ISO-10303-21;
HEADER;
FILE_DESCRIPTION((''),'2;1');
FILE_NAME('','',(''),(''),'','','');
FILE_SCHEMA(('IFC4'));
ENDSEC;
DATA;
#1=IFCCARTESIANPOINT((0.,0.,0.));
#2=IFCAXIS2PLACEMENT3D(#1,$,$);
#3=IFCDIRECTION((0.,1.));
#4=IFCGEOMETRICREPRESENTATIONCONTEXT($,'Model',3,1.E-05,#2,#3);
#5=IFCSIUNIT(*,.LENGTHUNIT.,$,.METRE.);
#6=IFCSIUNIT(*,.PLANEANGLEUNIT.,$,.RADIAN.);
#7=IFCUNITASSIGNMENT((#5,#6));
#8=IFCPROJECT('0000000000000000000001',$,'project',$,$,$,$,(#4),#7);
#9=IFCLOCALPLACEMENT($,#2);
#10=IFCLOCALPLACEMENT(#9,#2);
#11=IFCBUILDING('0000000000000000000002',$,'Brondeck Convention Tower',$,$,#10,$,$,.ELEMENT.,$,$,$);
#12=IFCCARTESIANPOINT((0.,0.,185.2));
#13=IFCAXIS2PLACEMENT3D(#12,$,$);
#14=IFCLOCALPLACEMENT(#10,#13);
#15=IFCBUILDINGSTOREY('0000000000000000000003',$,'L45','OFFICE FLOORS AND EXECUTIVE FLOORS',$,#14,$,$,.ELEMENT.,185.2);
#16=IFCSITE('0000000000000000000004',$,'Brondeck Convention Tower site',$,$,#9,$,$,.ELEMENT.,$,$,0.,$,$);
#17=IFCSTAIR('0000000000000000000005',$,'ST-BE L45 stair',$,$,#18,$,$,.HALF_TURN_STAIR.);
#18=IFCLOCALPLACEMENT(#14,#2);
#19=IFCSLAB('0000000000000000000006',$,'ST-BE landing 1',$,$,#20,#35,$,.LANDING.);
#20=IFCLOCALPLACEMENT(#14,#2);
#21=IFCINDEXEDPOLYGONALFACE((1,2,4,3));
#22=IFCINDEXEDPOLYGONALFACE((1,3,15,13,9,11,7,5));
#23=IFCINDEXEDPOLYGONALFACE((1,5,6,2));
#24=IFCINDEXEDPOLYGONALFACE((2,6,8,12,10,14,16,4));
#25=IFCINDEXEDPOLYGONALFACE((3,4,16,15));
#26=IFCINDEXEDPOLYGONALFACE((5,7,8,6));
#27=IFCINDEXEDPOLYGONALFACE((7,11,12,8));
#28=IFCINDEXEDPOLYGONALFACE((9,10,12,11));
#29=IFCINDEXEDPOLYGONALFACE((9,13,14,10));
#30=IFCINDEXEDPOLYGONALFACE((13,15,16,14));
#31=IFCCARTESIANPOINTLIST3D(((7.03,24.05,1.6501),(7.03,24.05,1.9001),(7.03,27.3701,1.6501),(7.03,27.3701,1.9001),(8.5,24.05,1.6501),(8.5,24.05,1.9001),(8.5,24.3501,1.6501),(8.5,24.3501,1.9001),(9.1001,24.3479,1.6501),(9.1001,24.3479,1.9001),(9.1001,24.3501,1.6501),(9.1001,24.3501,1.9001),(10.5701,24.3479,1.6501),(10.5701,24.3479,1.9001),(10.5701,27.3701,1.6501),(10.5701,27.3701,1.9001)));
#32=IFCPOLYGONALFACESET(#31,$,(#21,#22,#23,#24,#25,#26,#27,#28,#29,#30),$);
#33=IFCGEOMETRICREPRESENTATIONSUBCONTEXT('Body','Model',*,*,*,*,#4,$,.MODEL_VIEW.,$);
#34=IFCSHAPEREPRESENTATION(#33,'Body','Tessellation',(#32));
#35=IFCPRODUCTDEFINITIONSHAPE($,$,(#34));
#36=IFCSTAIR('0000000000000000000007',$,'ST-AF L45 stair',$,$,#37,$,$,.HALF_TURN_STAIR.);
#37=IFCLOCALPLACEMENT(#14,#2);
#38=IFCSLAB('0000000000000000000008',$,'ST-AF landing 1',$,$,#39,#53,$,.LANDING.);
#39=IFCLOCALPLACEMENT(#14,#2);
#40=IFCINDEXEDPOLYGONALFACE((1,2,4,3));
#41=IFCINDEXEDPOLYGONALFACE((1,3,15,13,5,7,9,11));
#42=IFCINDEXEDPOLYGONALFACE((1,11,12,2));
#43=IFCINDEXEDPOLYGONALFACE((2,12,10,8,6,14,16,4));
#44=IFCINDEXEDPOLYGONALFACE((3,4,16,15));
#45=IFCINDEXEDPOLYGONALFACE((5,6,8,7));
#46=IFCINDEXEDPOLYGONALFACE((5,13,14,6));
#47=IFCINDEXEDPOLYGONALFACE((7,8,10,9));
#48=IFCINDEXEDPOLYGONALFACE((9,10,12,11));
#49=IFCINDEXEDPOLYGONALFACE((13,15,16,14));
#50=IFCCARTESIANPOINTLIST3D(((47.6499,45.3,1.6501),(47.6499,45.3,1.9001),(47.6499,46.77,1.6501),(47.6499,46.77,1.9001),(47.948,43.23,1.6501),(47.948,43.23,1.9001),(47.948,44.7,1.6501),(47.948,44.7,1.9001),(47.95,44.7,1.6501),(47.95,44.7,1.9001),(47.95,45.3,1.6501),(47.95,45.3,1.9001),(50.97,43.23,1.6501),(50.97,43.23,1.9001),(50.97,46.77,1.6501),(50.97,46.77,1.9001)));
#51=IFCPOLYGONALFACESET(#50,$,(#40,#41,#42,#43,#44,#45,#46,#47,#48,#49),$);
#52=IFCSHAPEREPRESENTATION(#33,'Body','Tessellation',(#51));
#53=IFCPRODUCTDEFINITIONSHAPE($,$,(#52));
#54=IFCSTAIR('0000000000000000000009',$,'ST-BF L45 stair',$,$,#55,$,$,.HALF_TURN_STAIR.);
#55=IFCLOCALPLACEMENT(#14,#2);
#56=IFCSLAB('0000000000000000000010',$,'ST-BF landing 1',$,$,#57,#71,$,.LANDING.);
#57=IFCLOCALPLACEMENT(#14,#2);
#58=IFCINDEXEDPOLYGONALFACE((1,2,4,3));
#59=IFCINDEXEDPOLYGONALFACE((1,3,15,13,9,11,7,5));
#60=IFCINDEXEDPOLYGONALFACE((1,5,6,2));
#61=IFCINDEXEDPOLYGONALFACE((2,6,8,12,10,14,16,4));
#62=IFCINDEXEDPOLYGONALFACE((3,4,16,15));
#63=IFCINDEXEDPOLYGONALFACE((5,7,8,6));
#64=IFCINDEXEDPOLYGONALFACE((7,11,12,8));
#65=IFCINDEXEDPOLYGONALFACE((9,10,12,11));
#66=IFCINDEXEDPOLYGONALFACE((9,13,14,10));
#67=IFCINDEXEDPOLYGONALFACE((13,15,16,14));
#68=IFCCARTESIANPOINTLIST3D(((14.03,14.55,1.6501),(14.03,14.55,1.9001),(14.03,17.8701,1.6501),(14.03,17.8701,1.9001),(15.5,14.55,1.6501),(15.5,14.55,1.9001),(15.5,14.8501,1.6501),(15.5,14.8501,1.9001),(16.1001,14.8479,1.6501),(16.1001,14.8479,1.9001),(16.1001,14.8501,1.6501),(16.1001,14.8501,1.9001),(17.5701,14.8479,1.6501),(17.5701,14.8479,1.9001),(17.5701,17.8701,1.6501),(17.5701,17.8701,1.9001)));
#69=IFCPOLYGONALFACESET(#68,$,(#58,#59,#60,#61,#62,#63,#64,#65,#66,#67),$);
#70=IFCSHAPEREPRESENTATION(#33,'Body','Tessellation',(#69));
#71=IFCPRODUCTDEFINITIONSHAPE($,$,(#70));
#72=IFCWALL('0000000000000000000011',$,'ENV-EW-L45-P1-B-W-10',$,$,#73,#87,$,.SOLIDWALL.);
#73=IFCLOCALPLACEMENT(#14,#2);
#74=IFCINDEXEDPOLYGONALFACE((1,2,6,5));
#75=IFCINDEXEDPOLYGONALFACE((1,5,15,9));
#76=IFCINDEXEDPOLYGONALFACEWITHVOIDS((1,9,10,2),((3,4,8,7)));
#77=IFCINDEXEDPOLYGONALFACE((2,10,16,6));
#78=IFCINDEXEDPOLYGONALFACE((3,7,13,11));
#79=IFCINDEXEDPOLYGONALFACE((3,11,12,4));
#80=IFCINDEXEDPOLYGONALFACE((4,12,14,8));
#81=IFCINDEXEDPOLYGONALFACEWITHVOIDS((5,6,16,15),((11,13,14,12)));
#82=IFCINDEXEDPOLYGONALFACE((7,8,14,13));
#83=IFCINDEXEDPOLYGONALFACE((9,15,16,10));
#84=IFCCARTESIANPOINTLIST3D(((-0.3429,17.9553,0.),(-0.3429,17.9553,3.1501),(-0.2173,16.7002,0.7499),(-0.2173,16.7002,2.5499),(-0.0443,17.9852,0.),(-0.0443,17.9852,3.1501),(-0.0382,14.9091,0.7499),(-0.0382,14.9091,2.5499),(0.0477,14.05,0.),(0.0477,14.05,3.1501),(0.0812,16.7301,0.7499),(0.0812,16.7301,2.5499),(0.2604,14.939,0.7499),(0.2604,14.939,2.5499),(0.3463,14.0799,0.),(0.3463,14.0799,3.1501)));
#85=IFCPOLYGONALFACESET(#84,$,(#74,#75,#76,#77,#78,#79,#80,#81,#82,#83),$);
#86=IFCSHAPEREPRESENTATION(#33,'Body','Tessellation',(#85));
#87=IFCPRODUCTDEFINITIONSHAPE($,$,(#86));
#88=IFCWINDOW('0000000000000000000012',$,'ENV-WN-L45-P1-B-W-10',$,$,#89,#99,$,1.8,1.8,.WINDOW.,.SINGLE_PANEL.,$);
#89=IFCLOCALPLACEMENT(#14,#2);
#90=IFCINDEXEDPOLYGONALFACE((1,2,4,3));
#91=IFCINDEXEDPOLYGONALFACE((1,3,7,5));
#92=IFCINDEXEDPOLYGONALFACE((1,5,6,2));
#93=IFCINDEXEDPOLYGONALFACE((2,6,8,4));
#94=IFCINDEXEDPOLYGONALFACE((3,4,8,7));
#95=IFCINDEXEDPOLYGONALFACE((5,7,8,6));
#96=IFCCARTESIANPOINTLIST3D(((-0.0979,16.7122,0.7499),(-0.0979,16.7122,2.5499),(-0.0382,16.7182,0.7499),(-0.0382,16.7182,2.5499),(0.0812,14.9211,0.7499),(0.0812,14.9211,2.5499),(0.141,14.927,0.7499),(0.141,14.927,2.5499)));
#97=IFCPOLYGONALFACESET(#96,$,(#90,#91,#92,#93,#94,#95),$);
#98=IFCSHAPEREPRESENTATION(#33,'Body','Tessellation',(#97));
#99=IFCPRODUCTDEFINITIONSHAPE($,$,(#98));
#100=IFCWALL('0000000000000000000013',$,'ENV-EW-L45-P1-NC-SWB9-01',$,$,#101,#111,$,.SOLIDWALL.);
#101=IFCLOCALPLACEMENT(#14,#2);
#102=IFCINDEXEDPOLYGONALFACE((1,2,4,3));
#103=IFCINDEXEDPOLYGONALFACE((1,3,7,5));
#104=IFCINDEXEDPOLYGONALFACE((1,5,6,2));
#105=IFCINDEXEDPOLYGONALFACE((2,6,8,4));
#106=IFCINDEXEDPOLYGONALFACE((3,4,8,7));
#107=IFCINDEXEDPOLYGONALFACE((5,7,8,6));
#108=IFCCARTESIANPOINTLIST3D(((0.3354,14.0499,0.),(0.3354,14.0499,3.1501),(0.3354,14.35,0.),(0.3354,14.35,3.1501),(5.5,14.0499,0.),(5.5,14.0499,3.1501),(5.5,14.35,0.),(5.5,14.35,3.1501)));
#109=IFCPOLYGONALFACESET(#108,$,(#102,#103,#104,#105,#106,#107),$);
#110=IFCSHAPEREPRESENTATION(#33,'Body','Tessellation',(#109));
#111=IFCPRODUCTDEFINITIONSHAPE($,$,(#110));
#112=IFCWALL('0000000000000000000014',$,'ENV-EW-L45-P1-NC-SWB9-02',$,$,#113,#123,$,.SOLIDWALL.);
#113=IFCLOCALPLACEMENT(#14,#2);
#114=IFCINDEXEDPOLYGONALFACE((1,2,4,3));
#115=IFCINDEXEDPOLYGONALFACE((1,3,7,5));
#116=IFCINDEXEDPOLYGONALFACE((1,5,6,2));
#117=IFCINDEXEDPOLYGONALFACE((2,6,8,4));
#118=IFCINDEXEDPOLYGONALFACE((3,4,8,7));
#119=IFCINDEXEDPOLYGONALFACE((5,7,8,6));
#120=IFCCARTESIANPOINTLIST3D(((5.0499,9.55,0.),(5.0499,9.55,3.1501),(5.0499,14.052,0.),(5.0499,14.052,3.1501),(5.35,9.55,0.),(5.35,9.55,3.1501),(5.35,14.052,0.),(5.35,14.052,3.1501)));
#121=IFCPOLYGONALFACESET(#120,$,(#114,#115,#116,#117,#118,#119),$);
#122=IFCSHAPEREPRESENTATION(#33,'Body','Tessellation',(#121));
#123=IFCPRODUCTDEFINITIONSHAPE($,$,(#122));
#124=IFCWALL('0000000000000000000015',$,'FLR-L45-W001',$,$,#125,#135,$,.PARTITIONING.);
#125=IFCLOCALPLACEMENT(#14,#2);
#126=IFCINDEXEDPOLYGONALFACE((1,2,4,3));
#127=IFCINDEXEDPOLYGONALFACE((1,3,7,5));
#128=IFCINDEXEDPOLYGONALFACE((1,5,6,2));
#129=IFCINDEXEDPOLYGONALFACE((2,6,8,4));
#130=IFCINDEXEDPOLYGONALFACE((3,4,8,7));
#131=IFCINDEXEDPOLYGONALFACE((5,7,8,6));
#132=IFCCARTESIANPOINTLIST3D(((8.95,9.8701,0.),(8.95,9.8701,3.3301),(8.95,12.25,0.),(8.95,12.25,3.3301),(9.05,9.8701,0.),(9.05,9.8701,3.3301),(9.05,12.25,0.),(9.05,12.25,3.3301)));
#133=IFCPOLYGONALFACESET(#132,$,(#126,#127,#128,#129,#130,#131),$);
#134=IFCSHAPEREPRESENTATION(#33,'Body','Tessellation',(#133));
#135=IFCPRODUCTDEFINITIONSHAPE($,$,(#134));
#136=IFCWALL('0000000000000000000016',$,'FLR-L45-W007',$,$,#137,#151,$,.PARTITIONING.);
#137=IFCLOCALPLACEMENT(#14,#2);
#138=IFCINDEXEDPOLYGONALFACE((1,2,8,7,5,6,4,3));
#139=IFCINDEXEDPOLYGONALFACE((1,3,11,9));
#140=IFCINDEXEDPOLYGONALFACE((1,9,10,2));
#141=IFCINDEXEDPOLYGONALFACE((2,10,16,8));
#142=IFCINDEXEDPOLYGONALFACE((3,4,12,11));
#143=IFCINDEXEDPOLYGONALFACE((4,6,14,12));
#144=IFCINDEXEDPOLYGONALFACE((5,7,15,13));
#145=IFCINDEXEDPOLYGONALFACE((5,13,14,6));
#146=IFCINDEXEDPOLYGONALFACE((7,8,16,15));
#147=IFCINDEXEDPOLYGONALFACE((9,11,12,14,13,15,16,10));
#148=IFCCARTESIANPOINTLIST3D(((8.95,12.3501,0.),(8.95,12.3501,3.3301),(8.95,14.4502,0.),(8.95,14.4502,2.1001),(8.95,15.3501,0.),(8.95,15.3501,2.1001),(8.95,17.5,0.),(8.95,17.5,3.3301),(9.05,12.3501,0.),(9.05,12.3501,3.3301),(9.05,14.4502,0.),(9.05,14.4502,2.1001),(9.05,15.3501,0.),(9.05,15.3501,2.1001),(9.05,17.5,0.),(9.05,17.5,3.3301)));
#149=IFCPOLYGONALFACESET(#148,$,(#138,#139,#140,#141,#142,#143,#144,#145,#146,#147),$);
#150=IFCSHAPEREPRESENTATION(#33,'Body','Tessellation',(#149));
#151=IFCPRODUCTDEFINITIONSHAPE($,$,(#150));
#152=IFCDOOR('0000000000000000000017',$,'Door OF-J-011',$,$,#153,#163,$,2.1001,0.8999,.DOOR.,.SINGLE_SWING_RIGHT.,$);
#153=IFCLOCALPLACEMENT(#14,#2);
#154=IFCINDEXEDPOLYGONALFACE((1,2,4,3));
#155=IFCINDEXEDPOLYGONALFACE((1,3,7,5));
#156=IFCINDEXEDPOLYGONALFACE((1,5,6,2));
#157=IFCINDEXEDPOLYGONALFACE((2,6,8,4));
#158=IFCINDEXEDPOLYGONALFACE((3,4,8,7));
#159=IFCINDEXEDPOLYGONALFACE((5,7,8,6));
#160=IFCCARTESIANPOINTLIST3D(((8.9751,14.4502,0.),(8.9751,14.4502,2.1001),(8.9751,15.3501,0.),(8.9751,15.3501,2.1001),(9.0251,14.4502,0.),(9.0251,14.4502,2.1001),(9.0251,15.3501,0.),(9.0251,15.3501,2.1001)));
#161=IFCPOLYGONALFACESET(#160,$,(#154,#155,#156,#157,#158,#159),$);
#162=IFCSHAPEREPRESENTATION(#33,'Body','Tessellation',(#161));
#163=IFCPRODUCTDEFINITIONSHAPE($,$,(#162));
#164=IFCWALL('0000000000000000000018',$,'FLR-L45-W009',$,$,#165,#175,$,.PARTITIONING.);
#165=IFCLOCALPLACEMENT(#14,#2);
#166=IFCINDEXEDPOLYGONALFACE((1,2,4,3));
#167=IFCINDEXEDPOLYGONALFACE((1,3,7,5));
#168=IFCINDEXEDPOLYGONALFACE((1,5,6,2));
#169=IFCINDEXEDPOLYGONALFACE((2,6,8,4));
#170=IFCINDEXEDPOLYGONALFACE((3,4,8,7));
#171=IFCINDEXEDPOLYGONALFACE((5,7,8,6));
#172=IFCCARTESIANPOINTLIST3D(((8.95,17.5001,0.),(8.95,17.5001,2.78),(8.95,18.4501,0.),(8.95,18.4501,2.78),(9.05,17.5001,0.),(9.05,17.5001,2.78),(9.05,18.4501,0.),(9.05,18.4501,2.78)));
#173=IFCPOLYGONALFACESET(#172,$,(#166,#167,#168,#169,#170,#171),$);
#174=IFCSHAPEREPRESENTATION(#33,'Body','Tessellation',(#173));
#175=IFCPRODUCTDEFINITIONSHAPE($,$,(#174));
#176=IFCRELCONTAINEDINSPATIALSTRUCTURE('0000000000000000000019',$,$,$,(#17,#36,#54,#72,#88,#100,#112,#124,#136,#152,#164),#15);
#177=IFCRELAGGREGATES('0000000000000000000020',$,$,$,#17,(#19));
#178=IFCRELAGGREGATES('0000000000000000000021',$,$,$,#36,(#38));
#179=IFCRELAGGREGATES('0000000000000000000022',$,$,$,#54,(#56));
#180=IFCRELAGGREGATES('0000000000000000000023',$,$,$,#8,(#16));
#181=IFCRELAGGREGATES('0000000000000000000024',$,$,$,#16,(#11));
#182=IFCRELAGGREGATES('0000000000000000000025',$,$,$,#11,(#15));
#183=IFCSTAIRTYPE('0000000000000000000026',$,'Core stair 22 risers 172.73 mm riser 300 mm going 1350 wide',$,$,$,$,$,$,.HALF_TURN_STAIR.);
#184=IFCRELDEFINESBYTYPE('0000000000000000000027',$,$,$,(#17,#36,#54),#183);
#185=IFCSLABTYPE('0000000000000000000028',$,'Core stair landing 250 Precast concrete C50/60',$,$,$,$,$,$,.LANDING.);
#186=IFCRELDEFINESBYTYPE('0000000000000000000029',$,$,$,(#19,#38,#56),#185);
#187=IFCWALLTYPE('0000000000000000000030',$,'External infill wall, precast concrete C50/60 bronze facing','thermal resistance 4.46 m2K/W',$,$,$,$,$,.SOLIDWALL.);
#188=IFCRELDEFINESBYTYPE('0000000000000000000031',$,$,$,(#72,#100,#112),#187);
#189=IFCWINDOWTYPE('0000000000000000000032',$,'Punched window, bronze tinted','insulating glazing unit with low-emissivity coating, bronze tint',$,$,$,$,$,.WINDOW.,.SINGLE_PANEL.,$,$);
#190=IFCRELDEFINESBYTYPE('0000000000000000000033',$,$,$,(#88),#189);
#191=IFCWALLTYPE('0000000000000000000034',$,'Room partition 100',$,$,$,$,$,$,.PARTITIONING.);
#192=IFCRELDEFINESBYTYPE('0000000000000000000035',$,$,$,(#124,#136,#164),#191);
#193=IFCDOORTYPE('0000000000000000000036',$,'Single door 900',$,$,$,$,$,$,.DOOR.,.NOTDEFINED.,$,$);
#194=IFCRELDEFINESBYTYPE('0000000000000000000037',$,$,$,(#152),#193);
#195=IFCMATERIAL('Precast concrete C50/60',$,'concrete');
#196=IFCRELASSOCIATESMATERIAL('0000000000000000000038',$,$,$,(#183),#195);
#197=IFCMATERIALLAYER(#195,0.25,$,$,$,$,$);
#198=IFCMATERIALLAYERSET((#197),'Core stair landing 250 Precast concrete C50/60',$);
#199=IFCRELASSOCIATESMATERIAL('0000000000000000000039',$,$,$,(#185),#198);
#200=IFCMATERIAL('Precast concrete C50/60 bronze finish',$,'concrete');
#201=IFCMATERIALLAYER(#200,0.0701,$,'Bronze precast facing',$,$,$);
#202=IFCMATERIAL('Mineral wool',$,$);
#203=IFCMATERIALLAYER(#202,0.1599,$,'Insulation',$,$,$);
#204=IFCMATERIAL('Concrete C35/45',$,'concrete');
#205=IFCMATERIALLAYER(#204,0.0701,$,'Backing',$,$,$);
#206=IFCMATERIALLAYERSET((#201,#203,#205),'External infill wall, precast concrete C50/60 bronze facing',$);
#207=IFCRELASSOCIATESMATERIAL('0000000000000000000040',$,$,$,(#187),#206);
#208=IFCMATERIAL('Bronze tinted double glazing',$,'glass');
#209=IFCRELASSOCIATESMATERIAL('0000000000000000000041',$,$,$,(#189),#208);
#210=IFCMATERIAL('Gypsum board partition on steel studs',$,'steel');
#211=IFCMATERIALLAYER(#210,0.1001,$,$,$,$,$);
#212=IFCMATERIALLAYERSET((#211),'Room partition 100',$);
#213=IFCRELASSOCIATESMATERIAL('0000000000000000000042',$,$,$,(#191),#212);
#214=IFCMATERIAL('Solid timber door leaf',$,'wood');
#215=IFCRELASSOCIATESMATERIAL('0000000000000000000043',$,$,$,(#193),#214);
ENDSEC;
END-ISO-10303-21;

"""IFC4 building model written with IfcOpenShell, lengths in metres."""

from ifc_helpers import new_model, si_unit, direction, frame, frame_2d, origin, place, context, subcontext, project, spatial, polyline, rectangle, outline, extrude, material, layer, layer_set, type_object, element, fill, aggregate, save


model = new_model("IFC4")

# Units and contexts
model_context = context("Model", 3, precision=1e-05, world=origin(), true_north=direction((0.0, 1.0)))
body_context = subcontext(model_context, "Body", "Model", "MODEL_VIEW")
ifc_project = project(units=[si_unit("LENGTHUNIT", "METRE"), si_unit("PLANEANGLEUNIT", "RADIAN")], contexts=[model_context])

# Site, building, storey
site_placement = place(None, origin())
site = spatial("IfcSite", under=ifc_project, at=site_placement, Name="Brondeck Convention Tower site", CompositionType="ELEMENT", RefElevation=0.0)
building_placement = place(site_placement, origin())
building = spatial("IfcBuilding", under=site, at=building_placement, Name="Brondeck Convention Tower", CompositionType="ELEMENT")
storey_placement = place(building_placement, frame((0.0, 0.0, 185.2)))
storey = spatial("IfcBuildingStorey", under=building, at=storey_placement, Name="L45", Description="OFFICE FLOORS AND EXECUTIVE FLOORS", CompositionType="ELEMENT", Elevation=185.2)

# Shared definitions
ifc_material_1 = material(Name="Concrete C35/45", Category="concrete")

# Stairs, slabs
ifc_material_2 = material(Name="Precast concrete C50/60", Category="concrete")
stair_type = type_object("IfcStairType", Name="Core stair 22 risers 172.73 mm riser 300 mm going 1350 wide", PredefinedType="HALF_TURN_STAIR", material=ifc_material_2)
ifc_layer_1 = layer(ifc_material_2, 0.25)
ifc_layer_set_1 = layer_set([ifc_layer_1], Name="Core stair landing 250 Precast concrete C50/60")
slab_type_1 = type_object("IfcSlabType", Name="Core stair landing 250 Precast concrete C50/60", PredefinedType="LANDING", material=ifc_layer_set_1)
stair_1_placement = place(storey_placement, origin())
stair_1 = element("IfcStair", 1, at=stair_1_placement, inside=storey, type_object=stair_type, Name="ST-BE L45 stair", PredefinedType="HALF_TURN_STAIR")
slab_1_placement = place(storey_placement, frame((0.0, 0.0, 1.6501)))
slab_1 = element("IfcSlab", 2, at=slab_1_placement, type_object=slab_type_1, Name="ST-BE landing 1", PredefinedType="LANDING", context=body_context, shape_type="SweptSolid", body=[
    extrude(outline(polyline([(7.03, 24.05), (7.03, 27.3701), (10.5701, 27.3701), (10.5701, 24.3479), (9.1001, 24.3479), (9.1001, 24.3501), (8.5, 24.3501), (8.5, 24.05), (7.03, 24.05)])), origin(), (0.0, 0.0, 1.0), 0.25),
])
aggregate(stair_1, [slab_1])
stair_2_placement = place(storey_placement, origin())
stair_2 = element("IfcStair", 3, at=stair_2_placement, inside=storey, type_object=stair_type, Name="ST-AF L45 stair", PredefinedType="HALF_TURN_STAIR")
slab_2_placement = place(storey_placement, frame((0.0, 0.0, 1.6501)))
slab_2 = element("IfcSlab", 4, at=slab_2_placement, type_object=slab_type_1, Name="ST-AF landing 1", PredefinedType="LANDING", context=body_context, shape_type="SweptSolid", body=[
    extrude(outline(polyline([(47.948, 44.7), (47.95, 44.7), (47.95, 45.3), (47.6499, 45.3), (47.6499, 46.77), (50.97, 46.77), (50.97, 43.23), (47.948, 43.23), (47.948, 44.7)])), origin(), (0.0, 0.0, 1.0), 0.25),
])
aggregate(stair_2, [slab_2])
stair_3_placement = place(storey_placement, origin())
stair_3 = element("IfcStair", 5, at=stair_3_placement, inside=storey, type_object=stair_type, Name="ST-BF L45 stair", PredefinedType="HALF_TURN_STAIR")
slab_3_placement = place(storey_placement, frame((0.0, 0.0, 1.6501)))
slab_3 = element("IfcSlab", 6, at=slab_3_placement, type_object=slab_type_1, Name="ST-BF landing 1", PredefinedType="LANDING", context=body_context, shape_type="SweptSolid", body=[
    extrude(outline(polyline([(14.03, 14.55), (14.03, 17.8701), (17.5701, 17.8701), (17.5701, 14.8479), (16.1001, 14.8479), (16.1001, 14.8501), (15.5, 14.8501), (15.5, 14.55), (14.03, 14.55)])), origin(), (0.0, 0.0, 1.0), 0.25),
])
aggregate(stair_3, [slab_3])

# Wall, opening, window
ifc_material_3 = material(Name="Precast concrete C50/60 bronze finish", Category="concrete")
ifc_layer_2 = layer(ifc_material_3, 0.0701, Name="Bronze precast facing")
ifc_material_4 = material(Name="Mineral wool")
ifc_layer_3 = layer(ifc_material_4, 0.1599, Name="Insulation")
ifc_layer_4 = layer(ifc_material_1, 0.0701, Name="Backing")
ifc_layer_set_2 = layer_set([ifc_layer_2, ifc_layer_3, ifc_layer_4], Name="External infill wall, precast concrete C50/60 bronze facing")
wall_type_1 = type_object("IfcWallType", Name="External infill wall, precast concrete C50/60 bronze facing", Description="thermal resistance 4.46 m2K/W", PredefinedType="SOLIDWALL", material=ifc_layer_set_2)
wall_1_placement = place(storey_placement, frame((0.197, 14.0649, 0.0), z_axis=(0.0, 0.0, 1.0), x_axis=(-0.099528, 0.995035, 0.0)))
wall_1 = element("IfcWall", 7, at=wall_1_placement, inside=storey, type_object=wall_type_1, Name="ENV-EW-L45-P1-B-W-10", PredefinedType="SOLIDWALL", context=body_context, shape_type="SweptSolid", body=[
    extrude(rectangle(XDim=3.9248, YDim=0.3, at=frame_2d((1.9624, 0.0))), origin(), (0.0, 0.0, 1.0), 3.1501),
])
opening_1_placement = place(wall_1_placement, frame((0.8635, 0.0, 0.75)))
opening_1 = element("IfcOpeningElement", 8, at=opening_1_placement, cuts=wall_1, PredefinedType="OPENING", context=body_context, shape_type="SweptSolid", body=[
    extrude(rectangle(XDim=1.8, YDim=1.8, at=frame_2d((0.8999, 0.8999))), frame((0.0, 0.1599, 0.0), z_axis=(0.0, -1.0, 0.0), x_axis=(1.0, 0.0, 0.0)), (0.0, 0.0, 1.0), 0.3201),
])
ifc_material_5 = material(Name="Bronze tinted double glazing", Category="glass")
window_type = type_object("IfcWindowType", Name="Punched window, bronze tinted", Description="insulating glazing unit with low-emissivity coating, bronze tint", PartitioningType="SINGLE_PANEL", PredefinedType="WINDOW", material=ifc_material_5)
window_placement = place(opening_1_placement, origin())
window = element("IfcWindow", 9, at=window_placement, inside=storey, type_object=window_type, Name="ENV-WN-L45-P1-B-W-10", OverallHeight=1.8, OverallWidth=1.8, PartitioningType="SINGLE_PANEL", PredefinedType="WINDOW", context=body_context, shape_type="SweptSolid", body=[
    extrude(rectangle(XDim=1.8, YDim=1.8, at=frame_2d((0.8999, 0.8999))), frame((0.0, 0.03, 0.0), z_axis=(0.0, -1.0, 0.0), x_axis=(1.0, 0.0, 0.0)), (0.0, 0.0, 1.0), 0.0601),
])
fill(opening_1, window)

# Walls
wall_2_placement = place(storey_placement, frame((5.5, 14.2, 0.0), z_axis=(0.0, 0.0, 1.0), x_axis=(-1.0, 0.0, 0.0)))
element("IfcWall", 10, at=wall_2_placement, inside=storey, type_object=wall_type_1, Name="ENV-EW-L45-P1-NC-SWB9-01", PredefinedType="SOLIDWALL", context=body_context, shape_type="SweptSolid", body=[
    extrude(rectangle(XDim=5.1646, YDim=0.3, at=frame_2d((2.5823, 0.0))), origin(), (0.0, 0.0, 1.0), 3.1501),
])
wall_3_placement = place(storey_placement, frame((5.2, 9.55, 0.0), z_axis=(0.0, 0.0, 1.0), x_axis=(0.0, 1.0, 0.0)))
element("IfcWall", 11, at=wall_3_placement, inside=storey, type_object=wall_type_1, Name="ENV-EW-L45-P1-NC-SWB9-02", PredefinedType="SOLIDWALL", context=body_context, shape_type="SweptSolid", body=[
    extrude(rectangle(XDim=4.502, YDim=0.3, at=frame_2d((2.251, 0.0))), origin(), (0.0, 0.0, 1.0), 3.1501),
])
ifc_material_6 = material(Name="Gypsum board partition on steel studs", Category="steel")
ifc_layer_5 = layer(ifc_material_6, 0.1001)
ifc_layer_set_3 = layer_set([ifc_layer_5], Name="Room partition 100")
wall_type_2 = type_object("IfcWallType", Name="Room partition 100", PredefinedType="PARTITIONING", material=ifc_layer_set_3)
wall_4_placement = place(storey_placement, frame((9.0, 9.8701, 0.0), z_axis=(0.0, 0.0, 1.0), x_axis=(0.0, 1.0, 0.0)))
element("IfcWall", 12, at=wall_4_placement, inside=storey, type_object=wall_type_2, Name="FLR-L45-W001", PredefinedType="PARTITIONING", context=body_context, shape_type="SweptSolid", body=[
    extrude(rectangle(XDim=2.3799, YDim=0.1001, at=frame_2d((1.1899, 0.0))), origin(), (0.0, 0.0, 1.0), 3.3301),
])

# Wall, opening, door
wall_5_placement = place(storey_placement, frame((9.0, 12.3501, 0.0), z_axis=(0.0, 0.0, 1.0), x_axis=(0.0, 1.0, 0.0)))
wall_5 = element("IfcWall", 13, at=wall_5_placement, inside=storey, type_object=wall_type_2, Name="FLR-L45-W007", PredefinedType="PARTITIONING", context=body_context, shape_type="SweptSolid", body=[
    extrude(rectangle(XDim=5.1499, YDim=0.1001, at=frame_2d((2.575, 0.0))), origin(), (0.0, 0.0, 1.0), 3.3301),
])
opening_2_placement = place(wall_5_placement, frame((2.1001, 0.0, 0.0)))
opening_2 = element("IfcOpeningElement", 14, at=opening_2_placement, cuts=wall_5, PredefinedType="OPENING", context=body_context, shape_type="SweptSolid", body=[
    extrude(rectangle(XDim=0.8999, YDim=2.1001, at=frame_2d((0.45, 1.05))), frame((0.0, 0.0601, 0.0), z_axis=(0.0, -1.0, 0.0), x_axis=(1.0, 0.0, 0.0)), (0.0, 0.0, 1.0), 0.1201),
])
ifc_material_7 = material(Name="Solid timber door leaf", Category="wood")
door_type = type_object("IfcDoorType", Name="Single door 900", OperationType="NOTDEFINED", PredefinedType="DOOR", material=ifc_material_7)
door_placement = place(opening_2_placement, origin())
door = element("IfcDoor", 15, at=door_placement, inside=storey, type_object=door_type, Name="Door OF-J-011", OperationType="SINGLE_SWING_RIGHT", OverallHeight=2.1001, OverallWidth=0.8999, PredefinedType="DOOR", context=body_context, shape_type="SweptSolid", body=[
    extrude(rectangle(XDim=0.8999, YDim=2.1001, at=frame_2d((0.45, 1.05))), frame((0.0, 0.0249, 0.0), z_axis=(0.0, -1.0, 0.0), x_axis=(1.0, 0.0, 0.0)), (0.0, 0.0, 1.0), 0.05),
])
fill(opening_2, door)

# Wall
wall_6_placement = place(storey_placement, frame((9.0, 17.5, 0.0), z_axis=(0.0, 0.0, 1.0), x_axis=(0.0, 1.0, 0.0)))
element("IfcWall", 16, at=wall_6_placement, inside=storey, type_object=wall_type_2, Name="FLR-L45-W009", PredefinedType="PARTITIONING", context=body_context, shape_type="SweptSolid", body=[
    extrude(rectangle(XDim=0.95, YDim=0.1001, at=frame_2d((0.4751, 0.0))), origin(), (0.0, 0.0, 1.0), 2.78),
])

save(model, "model.ifc")
